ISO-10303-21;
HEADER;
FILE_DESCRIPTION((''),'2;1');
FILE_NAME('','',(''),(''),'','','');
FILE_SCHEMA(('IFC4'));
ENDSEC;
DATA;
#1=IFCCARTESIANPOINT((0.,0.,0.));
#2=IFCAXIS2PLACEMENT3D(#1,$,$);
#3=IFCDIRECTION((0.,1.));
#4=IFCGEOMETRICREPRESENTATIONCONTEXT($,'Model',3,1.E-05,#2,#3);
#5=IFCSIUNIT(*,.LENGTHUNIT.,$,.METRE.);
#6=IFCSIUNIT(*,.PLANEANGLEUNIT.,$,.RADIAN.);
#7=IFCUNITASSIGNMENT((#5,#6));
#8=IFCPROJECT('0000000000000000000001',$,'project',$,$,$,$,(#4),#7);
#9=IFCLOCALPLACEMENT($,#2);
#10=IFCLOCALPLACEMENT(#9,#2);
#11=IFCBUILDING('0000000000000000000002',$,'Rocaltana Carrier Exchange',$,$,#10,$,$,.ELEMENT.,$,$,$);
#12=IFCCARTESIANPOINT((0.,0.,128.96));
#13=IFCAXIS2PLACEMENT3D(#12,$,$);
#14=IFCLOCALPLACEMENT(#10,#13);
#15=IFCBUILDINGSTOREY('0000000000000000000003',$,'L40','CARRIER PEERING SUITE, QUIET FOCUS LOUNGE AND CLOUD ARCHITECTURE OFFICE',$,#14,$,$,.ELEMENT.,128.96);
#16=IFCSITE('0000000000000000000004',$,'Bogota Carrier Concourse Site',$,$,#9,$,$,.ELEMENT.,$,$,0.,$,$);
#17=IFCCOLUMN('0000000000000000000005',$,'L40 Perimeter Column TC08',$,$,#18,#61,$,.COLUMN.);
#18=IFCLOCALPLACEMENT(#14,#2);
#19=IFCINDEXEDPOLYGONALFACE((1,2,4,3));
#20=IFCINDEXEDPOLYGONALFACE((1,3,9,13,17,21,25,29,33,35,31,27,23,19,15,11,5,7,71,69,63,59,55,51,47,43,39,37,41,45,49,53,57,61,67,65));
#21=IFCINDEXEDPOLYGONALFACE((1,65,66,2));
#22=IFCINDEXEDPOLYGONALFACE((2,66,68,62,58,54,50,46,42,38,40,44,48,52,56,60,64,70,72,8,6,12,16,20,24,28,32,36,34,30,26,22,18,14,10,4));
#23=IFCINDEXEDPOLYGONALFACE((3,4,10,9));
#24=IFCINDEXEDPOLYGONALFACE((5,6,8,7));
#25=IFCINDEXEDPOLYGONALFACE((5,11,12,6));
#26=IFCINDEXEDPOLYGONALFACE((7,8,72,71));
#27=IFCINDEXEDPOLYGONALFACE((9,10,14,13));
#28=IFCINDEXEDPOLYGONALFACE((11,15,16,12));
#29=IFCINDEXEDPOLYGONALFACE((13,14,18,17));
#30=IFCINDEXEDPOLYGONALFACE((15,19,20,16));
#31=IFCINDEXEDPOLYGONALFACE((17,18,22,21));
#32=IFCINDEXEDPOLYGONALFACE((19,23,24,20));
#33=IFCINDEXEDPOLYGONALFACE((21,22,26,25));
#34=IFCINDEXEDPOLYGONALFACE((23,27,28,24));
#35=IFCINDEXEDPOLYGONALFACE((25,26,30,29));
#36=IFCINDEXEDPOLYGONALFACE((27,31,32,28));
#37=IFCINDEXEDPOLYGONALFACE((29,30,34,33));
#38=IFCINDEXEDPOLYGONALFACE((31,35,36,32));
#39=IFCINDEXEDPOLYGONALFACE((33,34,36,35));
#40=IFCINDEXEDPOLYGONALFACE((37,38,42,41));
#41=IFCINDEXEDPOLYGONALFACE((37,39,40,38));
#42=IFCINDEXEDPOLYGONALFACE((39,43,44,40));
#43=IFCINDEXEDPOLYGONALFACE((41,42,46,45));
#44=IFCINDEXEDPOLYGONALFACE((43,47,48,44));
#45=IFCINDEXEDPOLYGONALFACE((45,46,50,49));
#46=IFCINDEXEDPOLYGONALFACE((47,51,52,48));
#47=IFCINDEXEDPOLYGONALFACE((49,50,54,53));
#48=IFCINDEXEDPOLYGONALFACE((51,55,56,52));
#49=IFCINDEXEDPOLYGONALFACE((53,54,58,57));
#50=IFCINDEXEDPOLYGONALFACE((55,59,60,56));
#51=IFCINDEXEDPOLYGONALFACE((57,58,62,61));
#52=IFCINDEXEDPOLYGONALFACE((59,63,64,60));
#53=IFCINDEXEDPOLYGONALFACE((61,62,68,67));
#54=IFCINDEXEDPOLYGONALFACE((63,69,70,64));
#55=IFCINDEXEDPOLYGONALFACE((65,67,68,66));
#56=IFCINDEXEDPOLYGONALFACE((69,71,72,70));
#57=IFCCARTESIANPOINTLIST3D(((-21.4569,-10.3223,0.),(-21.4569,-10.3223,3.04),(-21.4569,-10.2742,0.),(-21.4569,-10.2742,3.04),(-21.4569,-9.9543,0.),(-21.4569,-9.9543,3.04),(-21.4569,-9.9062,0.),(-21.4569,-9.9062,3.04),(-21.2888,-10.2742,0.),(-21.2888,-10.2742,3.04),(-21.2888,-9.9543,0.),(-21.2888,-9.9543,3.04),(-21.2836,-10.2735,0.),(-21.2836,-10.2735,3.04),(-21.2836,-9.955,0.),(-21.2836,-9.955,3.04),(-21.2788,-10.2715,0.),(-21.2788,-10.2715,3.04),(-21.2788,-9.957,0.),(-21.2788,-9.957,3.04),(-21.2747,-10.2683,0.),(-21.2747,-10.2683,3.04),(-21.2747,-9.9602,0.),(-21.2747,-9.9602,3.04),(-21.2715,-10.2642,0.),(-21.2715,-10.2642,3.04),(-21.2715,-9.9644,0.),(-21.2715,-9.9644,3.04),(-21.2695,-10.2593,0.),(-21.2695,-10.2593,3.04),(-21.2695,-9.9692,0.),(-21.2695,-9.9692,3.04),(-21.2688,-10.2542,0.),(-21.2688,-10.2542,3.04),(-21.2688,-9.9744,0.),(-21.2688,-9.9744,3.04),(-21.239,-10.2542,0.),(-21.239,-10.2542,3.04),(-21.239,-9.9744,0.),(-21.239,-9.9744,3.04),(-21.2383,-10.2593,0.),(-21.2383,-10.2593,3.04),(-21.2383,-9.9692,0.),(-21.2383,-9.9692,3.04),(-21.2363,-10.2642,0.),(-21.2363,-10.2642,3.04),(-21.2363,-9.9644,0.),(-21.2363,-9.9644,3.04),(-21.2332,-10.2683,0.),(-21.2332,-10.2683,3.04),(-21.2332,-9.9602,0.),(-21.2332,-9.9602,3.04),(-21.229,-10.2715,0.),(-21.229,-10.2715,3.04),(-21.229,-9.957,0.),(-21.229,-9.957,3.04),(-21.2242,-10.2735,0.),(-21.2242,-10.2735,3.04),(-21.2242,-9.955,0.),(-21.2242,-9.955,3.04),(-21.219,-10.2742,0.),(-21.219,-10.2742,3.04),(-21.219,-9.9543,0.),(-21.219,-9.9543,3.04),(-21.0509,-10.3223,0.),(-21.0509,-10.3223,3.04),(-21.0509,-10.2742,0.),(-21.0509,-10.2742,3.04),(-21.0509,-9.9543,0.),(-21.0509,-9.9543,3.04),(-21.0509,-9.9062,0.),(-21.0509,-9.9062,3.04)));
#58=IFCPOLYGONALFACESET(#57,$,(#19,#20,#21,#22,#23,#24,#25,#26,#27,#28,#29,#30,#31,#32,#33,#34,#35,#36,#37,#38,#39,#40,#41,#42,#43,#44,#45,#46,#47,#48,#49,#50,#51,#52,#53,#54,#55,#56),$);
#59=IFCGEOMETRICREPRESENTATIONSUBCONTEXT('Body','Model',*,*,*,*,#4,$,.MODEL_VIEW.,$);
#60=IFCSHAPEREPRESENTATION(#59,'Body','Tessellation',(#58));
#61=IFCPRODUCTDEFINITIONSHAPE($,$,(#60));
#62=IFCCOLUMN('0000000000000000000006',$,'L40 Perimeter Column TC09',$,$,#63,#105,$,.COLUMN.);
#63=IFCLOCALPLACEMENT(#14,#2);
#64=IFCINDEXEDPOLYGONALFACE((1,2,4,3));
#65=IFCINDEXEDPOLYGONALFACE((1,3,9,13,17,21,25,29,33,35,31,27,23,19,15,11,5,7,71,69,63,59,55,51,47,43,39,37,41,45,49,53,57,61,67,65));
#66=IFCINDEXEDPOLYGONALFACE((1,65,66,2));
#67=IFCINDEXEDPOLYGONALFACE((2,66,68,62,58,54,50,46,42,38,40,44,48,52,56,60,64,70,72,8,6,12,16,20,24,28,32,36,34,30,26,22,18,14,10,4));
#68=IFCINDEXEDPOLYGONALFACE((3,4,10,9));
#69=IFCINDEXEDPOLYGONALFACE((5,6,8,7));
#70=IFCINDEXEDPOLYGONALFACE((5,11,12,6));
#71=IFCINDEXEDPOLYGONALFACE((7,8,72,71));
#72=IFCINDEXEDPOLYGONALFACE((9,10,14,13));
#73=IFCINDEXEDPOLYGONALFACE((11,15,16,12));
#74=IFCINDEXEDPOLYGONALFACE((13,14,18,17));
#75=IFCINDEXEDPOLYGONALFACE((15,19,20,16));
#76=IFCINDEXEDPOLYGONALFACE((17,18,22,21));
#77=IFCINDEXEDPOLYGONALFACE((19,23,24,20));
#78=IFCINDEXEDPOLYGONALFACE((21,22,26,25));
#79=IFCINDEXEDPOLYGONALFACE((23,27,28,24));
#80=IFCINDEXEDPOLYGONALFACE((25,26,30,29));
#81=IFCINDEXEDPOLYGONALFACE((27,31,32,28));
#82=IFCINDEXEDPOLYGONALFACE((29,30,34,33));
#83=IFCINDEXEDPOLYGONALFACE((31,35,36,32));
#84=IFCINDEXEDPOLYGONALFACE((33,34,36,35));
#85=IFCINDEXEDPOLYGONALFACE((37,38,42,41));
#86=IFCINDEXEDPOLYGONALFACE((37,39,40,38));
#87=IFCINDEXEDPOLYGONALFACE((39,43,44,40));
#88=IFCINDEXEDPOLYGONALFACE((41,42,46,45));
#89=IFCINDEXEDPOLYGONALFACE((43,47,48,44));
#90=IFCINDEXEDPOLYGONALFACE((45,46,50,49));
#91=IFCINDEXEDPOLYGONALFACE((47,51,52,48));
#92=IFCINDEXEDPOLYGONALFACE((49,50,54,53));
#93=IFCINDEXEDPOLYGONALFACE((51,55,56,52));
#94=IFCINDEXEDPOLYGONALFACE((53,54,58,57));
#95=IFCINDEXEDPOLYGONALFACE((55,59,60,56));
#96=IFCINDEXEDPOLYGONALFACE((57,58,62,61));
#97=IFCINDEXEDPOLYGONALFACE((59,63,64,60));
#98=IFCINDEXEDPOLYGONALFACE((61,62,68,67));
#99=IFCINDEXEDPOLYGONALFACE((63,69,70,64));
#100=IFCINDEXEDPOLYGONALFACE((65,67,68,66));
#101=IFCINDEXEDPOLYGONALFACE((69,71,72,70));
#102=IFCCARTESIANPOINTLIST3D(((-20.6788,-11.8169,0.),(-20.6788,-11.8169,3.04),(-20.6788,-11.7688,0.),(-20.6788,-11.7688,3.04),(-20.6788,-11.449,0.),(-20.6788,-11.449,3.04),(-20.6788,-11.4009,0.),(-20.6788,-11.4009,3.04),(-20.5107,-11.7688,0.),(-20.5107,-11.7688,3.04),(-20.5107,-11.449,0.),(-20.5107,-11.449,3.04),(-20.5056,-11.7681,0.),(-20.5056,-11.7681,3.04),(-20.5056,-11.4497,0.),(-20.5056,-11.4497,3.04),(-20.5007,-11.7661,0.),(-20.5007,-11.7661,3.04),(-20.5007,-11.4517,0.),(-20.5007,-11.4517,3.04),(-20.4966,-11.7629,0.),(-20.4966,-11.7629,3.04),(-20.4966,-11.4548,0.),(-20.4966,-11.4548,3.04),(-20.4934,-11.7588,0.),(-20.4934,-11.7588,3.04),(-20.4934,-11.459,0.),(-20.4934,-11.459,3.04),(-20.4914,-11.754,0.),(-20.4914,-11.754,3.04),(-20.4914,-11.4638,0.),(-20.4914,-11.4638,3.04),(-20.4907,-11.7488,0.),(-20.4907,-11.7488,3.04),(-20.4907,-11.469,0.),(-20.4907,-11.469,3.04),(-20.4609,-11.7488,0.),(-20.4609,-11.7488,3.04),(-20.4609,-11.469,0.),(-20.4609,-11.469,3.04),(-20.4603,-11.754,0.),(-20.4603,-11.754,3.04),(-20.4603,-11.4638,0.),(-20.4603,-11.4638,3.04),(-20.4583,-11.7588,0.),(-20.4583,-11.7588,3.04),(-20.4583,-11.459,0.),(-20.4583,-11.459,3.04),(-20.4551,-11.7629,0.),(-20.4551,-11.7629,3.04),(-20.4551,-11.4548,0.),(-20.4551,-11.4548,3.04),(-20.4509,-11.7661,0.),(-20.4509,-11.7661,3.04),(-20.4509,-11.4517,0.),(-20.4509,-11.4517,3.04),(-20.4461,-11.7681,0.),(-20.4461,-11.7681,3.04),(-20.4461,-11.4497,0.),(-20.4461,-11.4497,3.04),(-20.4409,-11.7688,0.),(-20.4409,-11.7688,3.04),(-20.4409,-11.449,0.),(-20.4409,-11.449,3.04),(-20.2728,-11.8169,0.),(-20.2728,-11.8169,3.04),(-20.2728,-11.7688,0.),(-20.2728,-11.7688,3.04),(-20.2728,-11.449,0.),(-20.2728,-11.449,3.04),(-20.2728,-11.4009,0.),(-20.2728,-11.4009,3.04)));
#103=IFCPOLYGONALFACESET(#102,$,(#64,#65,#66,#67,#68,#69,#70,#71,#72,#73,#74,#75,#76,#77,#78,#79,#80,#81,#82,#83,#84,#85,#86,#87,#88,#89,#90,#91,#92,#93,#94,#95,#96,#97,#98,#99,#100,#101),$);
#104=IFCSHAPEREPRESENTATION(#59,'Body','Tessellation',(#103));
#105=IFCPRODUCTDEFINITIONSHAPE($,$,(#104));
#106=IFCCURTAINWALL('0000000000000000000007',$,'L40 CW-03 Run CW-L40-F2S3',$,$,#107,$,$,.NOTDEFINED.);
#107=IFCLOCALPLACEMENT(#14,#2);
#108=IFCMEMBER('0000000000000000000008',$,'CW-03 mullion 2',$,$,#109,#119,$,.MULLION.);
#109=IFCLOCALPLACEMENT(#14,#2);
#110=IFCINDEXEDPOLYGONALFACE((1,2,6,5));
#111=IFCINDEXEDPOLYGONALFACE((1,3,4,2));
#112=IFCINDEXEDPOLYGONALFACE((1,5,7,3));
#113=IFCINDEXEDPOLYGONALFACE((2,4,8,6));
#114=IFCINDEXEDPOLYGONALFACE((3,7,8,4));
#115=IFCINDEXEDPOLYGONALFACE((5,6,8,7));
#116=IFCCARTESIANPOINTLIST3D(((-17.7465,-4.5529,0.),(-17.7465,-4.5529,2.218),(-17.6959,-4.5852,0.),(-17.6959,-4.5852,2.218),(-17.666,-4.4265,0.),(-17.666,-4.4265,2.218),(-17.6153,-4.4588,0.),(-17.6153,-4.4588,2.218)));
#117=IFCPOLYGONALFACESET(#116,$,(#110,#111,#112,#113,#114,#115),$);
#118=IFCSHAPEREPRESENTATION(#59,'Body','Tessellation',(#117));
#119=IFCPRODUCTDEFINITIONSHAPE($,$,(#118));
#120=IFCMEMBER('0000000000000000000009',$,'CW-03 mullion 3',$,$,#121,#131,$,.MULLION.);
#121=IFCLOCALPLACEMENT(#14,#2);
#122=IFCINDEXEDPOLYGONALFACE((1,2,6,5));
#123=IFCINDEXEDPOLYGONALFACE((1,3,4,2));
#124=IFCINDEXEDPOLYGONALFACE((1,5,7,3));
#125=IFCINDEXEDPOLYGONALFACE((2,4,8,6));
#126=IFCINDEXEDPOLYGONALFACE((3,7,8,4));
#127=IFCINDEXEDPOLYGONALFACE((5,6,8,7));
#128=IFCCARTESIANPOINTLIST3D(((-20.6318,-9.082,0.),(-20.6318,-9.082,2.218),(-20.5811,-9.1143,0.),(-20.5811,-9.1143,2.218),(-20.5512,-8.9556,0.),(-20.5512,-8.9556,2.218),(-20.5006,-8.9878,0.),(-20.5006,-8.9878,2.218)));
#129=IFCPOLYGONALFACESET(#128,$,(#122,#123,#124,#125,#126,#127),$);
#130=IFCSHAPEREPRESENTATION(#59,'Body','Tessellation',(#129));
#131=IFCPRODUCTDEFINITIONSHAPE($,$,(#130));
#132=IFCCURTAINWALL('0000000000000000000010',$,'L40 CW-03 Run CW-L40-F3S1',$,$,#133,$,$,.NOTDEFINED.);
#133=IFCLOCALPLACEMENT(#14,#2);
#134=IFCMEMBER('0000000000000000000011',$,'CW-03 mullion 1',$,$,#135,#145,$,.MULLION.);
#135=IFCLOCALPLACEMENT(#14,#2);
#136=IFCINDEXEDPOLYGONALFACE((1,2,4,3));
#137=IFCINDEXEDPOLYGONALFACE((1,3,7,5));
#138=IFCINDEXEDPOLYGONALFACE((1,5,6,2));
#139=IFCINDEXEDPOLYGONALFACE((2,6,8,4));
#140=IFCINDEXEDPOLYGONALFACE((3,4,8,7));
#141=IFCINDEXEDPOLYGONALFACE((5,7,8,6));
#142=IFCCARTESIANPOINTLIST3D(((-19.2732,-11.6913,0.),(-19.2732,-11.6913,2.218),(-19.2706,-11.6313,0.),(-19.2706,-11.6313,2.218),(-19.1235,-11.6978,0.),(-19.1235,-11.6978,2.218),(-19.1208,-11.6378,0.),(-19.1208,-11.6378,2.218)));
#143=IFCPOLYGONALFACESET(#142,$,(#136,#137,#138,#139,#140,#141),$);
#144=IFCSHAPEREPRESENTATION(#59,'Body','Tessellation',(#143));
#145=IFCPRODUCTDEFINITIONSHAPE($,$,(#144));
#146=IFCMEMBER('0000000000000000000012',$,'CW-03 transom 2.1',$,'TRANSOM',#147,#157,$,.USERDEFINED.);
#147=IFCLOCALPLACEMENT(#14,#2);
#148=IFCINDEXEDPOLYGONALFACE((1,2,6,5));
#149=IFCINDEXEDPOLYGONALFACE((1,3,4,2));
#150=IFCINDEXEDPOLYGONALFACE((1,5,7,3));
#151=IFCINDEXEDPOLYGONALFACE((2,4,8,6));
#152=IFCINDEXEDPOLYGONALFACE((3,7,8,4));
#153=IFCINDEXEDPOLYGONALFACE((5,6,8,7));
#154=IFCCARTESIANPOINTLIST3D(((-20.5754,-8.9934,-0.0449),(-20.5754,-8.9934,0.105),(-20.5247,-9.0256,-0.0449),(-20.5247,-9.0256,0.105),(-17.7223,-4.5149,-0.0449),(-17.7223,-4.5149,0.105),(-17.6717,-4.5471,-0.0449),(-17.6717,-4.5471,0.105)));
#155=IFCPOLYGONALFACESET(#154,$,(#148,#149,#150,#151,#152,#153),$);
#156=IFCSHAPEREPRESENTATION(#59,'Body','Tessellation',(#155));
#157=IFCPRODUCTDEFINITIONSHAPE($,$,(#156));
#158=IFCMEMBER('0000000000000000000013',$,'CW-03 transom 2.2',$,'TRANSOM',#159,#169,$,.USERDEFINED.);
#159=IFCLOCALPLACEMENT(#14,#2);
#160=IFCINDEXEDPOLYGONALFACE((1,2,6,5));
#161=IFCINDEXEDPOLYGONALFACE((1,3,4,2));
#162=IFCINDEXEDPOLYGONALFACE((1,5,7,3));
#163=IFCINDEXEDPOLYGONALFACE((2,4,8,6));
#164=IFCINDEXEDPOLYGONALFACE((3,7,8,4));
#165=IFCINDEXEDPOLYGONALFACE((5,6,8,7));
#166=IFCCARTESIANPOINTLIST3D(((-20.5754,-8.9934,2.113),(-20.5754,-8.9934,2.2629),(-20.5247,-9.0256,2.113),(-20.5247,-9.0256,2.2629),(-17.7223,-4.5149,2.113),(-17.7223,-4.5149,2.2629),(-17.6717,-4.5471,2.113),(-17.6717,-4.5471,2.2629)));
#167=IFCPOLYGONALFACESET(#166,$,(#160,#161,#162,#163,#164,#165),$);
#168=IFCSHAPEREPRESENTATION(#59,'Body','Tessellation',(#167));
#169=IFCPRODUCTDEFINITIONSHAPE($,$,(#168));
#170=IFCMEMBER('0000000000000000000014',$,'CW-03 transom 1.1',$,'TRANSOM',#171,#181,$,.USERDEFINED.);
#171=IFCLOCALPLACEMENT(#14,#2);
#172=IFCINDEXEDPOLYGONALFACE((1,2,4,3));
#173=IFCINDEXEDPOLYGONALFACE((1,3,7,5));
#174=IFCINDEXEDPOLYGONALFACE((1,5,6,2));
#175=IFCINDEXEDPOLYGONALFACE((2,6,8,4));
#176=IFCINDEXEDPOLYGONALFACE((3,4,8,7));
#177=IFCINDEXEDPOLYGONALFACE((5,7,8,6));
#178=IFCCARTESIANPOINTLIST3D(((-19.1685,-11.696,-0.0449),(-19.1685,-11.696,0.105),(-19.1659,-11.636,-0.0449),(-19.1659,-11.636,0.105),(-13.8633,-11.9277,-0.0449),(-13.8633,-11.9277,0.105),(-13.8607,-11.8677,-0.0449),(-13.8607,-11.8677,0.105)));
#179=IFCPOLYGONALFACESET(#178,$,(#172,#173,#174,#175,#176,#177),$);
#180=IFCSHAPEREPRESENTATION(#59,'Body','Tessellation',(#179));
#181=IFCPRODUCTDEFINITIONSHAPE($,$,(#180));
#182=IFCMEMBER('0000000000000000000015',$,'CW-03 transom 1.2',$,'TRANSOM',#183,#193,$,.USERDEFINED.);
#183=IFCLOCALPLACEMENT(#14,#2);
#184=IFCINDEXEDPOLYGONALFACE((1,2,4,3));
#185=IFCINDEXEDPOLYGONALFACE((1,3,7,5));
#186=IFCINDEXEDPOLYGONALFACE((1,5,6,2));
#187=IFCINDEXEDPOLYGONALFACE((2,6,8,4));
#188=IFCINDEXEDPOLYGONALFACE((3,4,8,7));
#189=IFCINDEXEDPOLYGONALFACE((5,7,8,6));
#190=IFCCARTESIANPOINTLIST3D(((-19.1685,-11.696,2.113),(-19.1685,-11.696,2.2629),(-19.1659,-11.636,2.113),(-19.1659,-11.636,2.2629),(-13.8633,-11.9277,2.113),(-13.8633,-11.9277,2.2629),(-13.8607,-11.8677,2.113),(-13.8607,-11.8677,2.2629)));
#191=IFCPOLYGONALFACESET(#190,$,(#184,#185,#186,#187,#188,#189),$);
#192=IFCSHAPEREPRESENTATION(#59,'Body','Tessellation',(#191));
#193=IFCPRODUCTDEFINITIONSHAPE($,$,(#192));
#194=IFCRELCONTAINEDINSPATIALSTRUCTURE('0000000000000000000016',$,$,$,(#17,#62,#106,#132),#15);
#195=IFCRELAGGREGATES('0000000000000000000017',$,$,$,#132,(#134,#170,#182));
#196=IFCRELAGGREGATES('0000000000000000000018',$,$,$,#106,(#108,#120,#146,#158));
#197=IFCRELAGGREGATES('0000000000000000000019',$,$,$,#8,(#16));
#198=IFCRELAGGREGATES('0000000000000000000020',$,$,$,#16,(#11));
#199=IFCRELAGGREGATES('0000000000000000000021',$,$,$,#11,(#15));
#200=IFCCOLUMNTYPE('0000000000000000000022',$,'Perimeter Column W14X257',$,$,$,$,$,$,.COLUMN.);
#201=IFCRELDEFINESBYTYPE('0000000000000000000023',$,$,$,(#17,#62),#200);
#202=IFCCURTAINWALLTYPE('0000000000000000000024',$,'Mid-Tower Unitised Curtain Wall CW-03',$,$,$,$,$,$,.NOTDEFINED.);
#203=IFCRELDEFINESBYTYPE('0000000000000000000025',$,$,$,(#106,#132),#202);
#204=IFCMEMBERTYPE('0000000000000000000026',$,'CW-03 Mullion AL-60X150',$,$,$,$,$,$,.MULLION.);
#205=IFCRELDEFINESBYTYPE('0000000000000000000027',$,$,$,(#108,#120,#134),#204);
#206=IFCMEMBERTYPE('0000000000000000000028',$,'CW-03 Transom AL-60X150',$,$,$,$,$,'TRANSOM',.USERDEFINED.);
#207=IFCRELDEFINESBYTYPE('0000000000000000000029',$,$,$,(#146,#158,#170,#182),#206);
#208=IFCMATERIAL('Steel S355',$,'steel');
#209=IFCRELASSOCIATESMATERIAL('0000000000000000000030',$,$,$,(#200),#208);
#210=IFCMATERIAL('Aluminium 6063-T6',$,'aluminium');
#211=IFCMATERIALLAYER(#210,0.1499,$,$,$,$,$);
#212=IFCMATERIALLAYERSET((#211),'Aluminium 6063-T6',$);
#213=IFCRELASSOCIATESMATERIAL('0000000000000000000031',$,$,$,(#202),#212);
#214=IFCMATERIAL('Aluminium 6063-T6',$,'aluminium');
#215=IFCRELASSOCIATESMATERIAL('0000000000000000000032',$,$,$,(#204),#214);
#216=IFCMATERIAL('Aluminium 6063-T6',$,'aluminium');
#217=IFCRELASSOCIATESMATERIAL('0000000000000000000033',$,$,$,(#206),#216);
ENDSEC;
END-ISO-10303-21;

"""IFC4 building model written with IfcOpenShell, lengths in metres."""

from ifc_helpers import new_model, si_unit, direction, frame, origin, origin_2d, place, context, subcontext, project, spatial, rectangle, i_section, extrude, material, layer, layer_set, material_profile, profile_set, type_object, element, aggregate, save


model = new_model("IFC4")

# Units and contexts
model_context = context("Model", 3, precision=1e-05, world=origin(), true_north=direction((0.0, 1.0)))
body_context = subcontext(model_context, "Body", "Model", "MODEL_VIEW")
ifc_project = project(units=[si_unit("LENGTHUNIT", "METRE"), si_unit("PLANEANGLEUNIT", "RADIAN")], contexts=[model_context])

# Site, building, storey
site_placement = place(None, origin())
site = spatial("IfcSite", under=ifc_project, at=site_placement, Name="Bogota Carrier Concourse Site", CompositionType="ELEMENT", RefElevation=0.0)
building_placement = place(site_placement, origin())
building = spatial("IfcBuilding", under=site, at=building_placement, Name="Rocaltana Carrier Exchange", CompositionType="ELEMENT")
storey_placement = place(building_placement, frame((0.0, 0.0, 128.96)))
storey = spatial("IfcBuildingStorey", under=building, at=storey_placement, Name="L40", Description="CARRIER PEERING SUITE, QUIET FOCUS LOUNGE AND CLOUD ARCHITECTURE OFFICE", CompositionType="ELEMENT", Elevation=128.96)

# Columns
ifc_material_1 = material(Name="Steel S355", Category="steel")
ifc_material_profile_1 = material_profile(ifc_material_1, i_section(OverallWidth=0.406, OverallDepth=0.416, WebThickness=0.0298, FlangeThickness=0.0481, FilletRadius=0.02, at=origin_2d()), Name="W14X257")
ifc_profile_set_1 = profile_set([ifc_material_profile_1], Name="Steel S355")
column_type = type_object("IfcColumnType", Name="Perimeter Column W14X257", PredefinedType="COLUMN", material=ifc_profile_set_1)
for number, where, z_axis, x_axis, name in (
    (1, (-21.2539, -10.1143, 0.0), (0.0, 0.0, 1.0), (1.0, 0.0, 0.0), "L40 Perimeter Column TC08"),
    (2, (-20.4758, -11.6089, 0.0), (0.0, 0.0, 1.0), (1.0, 0.0, 0.0), "L40 Perimeter Column TC09"),
):
    element("IfcColumn", number, at=place(storey_placement, frame(where, z_axis=z_axis, x_axis=x_axis)), inside=storey, type_object=column_type, Name=name, PredefinedType="COLUMN", context=body_context, shape_type="SweptSolid", body=[
        extrude(i_section(OverallWidth=0.406, OverallDepth=0.416, WebThickness=0.0298, FlangeThickness=0.0481, FilletRadius=0.02, at=origin_2d()), origin(), (0.0, 0.0, 1.0), 3.04),
    ])

# Curtain wall, members
ifc_material_2 = material(Name="Aluminium 6063-T6", Category="aluminium")
ifc_layer_1 = layer(ifc_material_2, 0.1499)
ifc_layer_set_1 = layer_set([ifc_layer_1], Name="Aluminium 6063-T6")
curtain_wall_type = type_object("IfcCurtainWallType", Name="Mid-Tower Unitised Curtain Wall CW-03", PredefinedType="NOTDEFINED", material=ifc_layer_set_1)
curtain_wall_1_placement = place(storey_placement, origin())
curtain_wall_1 = element("IfcCurtainWall", 3, at=curtain_wall_1_placement, inside=storey, type_object=curtain_wall_type, Name="L40 CW-03 Run CW-L40-F2S3", PredefinedType="NOTDEFINED")
ifc_material_3 = material(Name="Aluminium 6063-T6", Category="aluminium")
ifc_material_profile_2 = material_profile(ifc_material_3, rectangle(XDim=0.0601, YDim=0.1499, at=origin_2d()), Name="AL-60X150")
ifc_profile_set_2 = profile_set([ifc_material_profile_2], Name="Aluminium 6063-T6")
member_type_1 = type_object("IfcMemberType", Name="CW-03 Mullion AL-60X150", PredefinedType="MULLION", material=ifc_profile_set_2)
member_1_placement = place(storey_placement, frame((-17.6809, -4.5059, 0.0), z_axis=(0.0, 0.0, 1.0), x_axis=(0.843391, -0.537301, 0.0)))
member_1 = element("IfcMember", 4, at=member_1_placement, type_object=member_type_1, Name="CW-03 mullion 2", PredefinedType="MULLION", context=body_context, shape_type="SweptSolid", body=[
    extrude(rectangle(XDim=0.0601, YDim=0.1499, at=origin_2d()), origin(), (0.0, 0.0, 1.0), 2.218),
])
member_2_placement = place(storey_placement, frame((-20.5662, -9.0349, 0.0), z_axis=(0.0, 0.0, 1.0), x_axis=(0.843391, -0.537301, 0.0)))
member_2 = element("IfcMember", 5, at=member_2_placement, type_object=member_type_1, Name="CW-03 mullion 3", PredefinedType="MULLION", context=body_context, shape_type="SweptSolid", body=[
    extrude(rectangle(XDim=0.0601, YDim=0.1499, at=origin_2d()), origin(), (0.0, 0.0, 1.0), 2.218),
])

# Curtain wall, member
curtain_wall_2_placement = place(storey_placement, origin())
curtain_wall_2 = element("IfcCurtainWall", 6, at=curtain_wall_2_placement, inside=storey, type_object=curtain_wall_type, Name="L40 CW-03 Run CW-L40-F3S1", PredefinedType="NOTDEFINED")
member_3_placement = place(storey_placement, frame((-19.197, -11.6646, 0.0), z_axis=(0.0, 0.0, 1.0), x_axis=(0.043629, 0.999048, 0.0)))
member_3 = element("IfcMember", 7, at=member_3_placement, type_object=member_type_1, Name="CW-03 mullion 1", PredefinedType="MULLION", context=body_context, shape_type="SweptSolid", body=[
    extrude(rectangle(XDim=0.0601, YDim=0.1499, at=origin_2d()), origin(), (0.0, 0.0, 1.0), 2.218),
])

# Members
ifc_material_4 = material(Name="Aluminium 6063-T6", Category="aluminium")
ifc_material_profile_3 = material_profile(ifc_material_4, rectangle(XDim=0.0601, YDim=0.1499, at=origin_2d()), Name="AL-60X150")
ifc_profile_set_3 = profile_set([ifc_material_profile_3], Name="Aluminium 6063-T6")
member_type_2 = type_object("IfcMemberType", Name="CW-03 Transom AL-60X150", ElementType="TRANSOM", PredefinedType="USERDEFINED", material=ifc_profile_set_3)
member_4_placement = place(storey_placement, frame((-17.697, -4.531, 0.03), z_axis=(-0.537286, -0.8434, 0.0), x_axis=(0.8434, -0.537286, 0.0)))
member_4 = element("IfcMember", 8, at=member_4_placement, type_object=member_type_2, Name="CW-03 transom 2.1", ObjectType="TRANSOM", PredefinedType="USERDEFINED", context=body_context, shape_type="SweptSolid", body=[
    extrude(rectangle(XDim=0.0601, YDim=0.1499, at=origin_2d()), origin(), (0.0, 0.0, 1.0), 5.3101),
])
member_5_placement = place(storey_placement, frame((-17.697, -4.531, 2.188), z_axis=(-0.537286, -0.8434, 0.0), x_axis=(0.8434, -0.537286, 0.0)))
member_5 = element("IfcMember", 9, at=member_5_placement, type_object=member_type_2, Name="CW-03 transom 2.2", ObjectType="TRANSOM", PredefinedType="USERDEFINED", context=body_context, shape_type="SweptSolid", body=[
    extrude(rectangle(XDim=0.0601, YDim=0.1499, at=origin_2d()), origin(), (0.0, 0.0, 1.0), 5.3101),
])
member_6_placement = place(storey_placement, frame((-19.1672, -11.666, 0.03), z_axis=(0.999048, -0.043631, 0.0), x_axis=(0.043631, 0.999048, 0.0)))
member_6 = element("IfcMember", 10, at=member_6_placement, type_object=member_type_2, Name="CW-03 transom 1.1", ObjectType="TRANSOM", PredefinedType="USERDEFINED", context=body_context, shape_type="SweptSolid", body=[
    extrude(rectangle(XDim=0.0601, YDim=0.1499, at=origin_2d()), origin(), (0.0, 0.0, 1.0), 5.3103),
])
member_7_placement = place(storey_placement, frame((-19.1672, -11.666, 2.188), z_axis=(0.999048, -0.043631, 0.0), x_axis=(0.043631, 0.999048, 0.0)))
member_7 = element("IfcMember", 11, at=member_7_placement, type_object=member_type_2, Name="CW-03 transom 1.2", ObjectType="TRANSOM", PredefinedType="USERDEFINED", context=body_context, shape_type="SweptSolid", body=[
    extrude(rectangle(XDim=0.0601, YDim=0.1499, at=origin_2d()), origin(), (0.0, 0.0, 1.0), 5.3103),
])
aggregate(curtain_wall_2, [member_3, member_6, member_7])

aggregate(curtain_wall_1, [member_1, member_2, member_4, member_5])

save(model, "model.ifc")
